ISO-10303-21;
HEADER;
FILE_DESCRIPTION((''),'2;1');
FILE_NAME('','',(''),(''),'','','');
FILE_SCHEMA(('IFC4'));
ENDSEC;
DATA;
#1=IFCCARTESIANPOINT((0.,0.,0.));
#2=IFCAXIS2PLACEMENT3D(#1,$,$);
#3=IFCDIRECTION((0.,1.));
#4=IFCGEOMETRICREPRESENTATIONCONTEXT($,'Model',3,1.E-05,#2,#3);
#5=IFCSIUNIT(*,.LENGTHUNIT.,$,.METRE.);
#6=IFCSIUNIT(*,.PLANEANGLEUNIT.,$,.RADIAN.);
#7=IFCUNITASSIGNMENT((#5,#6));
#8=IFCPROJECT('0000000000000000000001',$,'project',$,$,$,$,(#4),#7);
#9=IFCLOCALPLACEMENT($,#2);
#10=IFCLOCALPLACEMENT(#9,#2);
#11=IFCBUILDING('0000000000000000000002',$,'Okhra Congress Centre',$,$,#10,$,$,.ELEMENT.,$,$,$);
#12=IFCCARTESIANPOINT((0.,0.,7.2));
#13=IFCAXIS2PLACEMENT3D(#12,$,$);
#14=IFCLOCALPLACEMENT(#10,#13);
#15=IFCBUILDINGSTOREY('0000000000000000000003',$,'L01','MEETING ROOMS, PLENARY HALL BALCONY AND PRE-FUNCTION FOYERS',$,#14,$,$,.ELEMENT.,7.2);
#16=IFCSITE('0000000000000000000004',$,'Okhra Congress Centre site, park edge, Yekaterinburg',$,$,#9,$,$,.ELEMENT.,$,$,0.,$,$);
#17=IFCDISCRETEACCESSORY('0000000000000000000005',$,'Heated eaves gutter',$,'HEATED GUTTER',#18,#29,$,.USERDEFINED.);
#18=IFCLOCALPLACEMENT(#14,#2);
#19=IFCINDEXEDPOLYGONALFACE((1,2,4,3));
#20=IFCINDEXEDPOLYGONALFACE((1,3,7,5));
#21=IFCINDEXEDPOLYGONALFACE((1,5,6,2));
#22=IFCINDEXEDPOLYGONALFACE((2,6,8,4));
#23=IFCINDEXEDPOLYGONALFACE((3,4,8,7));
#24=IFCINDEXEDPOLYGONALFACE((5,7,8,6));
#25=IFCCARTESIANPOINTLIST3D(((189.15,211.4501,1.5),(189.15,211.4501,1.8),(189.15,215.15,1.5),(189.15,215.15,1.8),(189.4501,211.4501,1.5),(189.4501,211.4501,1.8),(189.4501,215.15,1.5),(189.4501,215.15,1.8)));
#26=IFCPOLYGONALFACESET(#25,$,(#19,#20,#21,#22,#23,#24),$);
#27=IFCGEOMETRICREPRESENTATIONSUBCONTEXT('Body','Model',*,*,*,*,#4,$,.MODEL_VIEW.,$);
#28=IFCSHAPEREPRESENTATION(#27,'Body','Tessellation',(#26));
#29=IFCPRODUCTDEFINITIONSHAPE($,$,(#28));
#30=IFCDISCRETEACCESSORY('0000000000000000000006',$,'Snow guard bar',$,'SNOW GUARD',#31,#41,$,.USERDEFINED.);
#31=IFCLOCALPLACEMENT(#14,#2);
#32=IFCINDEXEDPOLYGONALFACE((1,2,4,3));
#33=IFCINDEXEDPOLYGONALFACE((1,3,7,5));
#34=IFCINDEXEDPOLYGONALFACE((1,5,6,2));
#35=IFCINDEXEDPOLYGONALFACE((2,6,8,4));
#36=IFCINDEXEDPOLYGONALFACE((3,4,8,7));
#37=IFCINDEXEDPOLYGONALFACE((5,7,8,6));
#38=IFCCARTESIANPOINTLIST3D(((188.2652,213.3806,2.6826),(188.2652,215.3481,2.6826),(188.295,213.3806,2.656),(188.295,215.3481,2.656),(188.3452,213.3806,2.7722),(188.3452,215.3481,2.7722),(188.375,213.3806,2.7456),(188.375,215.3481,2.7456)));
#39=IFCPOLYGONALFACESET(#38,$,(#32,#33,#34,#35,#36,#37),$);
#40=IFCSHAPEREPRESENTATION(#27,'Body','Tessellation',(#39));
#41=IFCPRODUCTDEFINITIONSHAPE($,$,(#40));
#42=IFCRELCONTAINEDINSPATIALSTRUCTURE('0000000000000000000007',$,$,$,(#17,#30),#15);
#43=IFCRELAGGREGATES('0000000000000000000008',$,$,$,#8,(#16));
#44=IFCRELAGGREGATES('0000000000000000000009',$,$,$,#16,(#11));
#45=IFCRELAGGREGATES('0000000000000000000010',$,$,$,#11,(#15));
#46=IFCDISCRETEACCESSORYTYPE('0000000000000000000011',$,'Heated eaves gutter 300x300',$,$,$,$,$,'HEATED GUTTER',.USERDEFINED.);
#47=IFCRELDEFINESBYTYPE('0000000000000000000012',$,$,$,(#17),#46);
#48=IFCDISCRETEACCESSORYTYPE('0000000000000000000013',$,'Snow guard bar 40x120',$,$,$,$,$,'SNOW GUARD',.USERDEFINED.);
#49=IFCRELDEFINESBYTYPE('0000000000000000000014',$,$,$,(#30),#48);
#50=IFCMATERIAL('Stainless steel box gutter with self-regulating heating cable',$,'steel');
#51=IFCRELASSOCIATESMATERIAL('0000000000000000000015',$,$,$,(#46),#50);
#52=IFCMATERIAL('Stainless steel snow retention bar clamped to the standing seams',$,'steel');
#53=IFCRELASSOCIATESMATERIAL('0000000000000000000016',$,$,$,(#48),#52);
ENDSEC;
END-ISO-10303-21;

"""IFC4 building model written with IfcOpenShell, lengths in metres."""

from ifc_helpers import new_model, si_unit, direction, frame, origin, origin_2d, place, context, subcontext, project, spatial, polyline, rectangle, outline, extrude, material, type_object, element, save


model = new_model("IFC4")

# Units and contexts
model_context = context("Model", 3, precision=1e-05, world=origin(), true_north=direction((0.0, 1.0)))
body_context = subcontext(model_context, "Body", "Model", "MODEL_VIEW")
ifc_project = project(units=[si_unit("LENGTHUNIT", "METRE"), si_unit("PLANEANGLEUNIT", "RADIAN")], contexts=[model_context])

# Site, building, storey
site_placement = place(None, origin())
site = spatial("IfcSite", under=ifc_project, at=site_placement, Name="Okhra Congress Centre site, park edge, Yekaterinburg", CompositionType="ELEMENT", RefElevation=0.0)
building_placement = place(site_placement, origin())
building = spatial("IfcBuilding", under=site, at=building_placement, Name="Okhra Congress Centre", CompositionType="ELEMENT")
storey_placement = place(building_placement, frame((0.0, 0.0, 7.2)))
storey = spatial("IfcBuildingStorey", under=building, at=storey_placement, Name="L01", Description="MEETING ROOMS, PLENARY HALL BALCONY AND PRE-FUNCTION FOYERS", CompositionType="ELEMENT", Elevation=7.2)

# Discrete accessories
ifc_material_1 = material(Name="Stainless steel box gutter with self-regulating heating cable", Category="steel")
discrete_accessory_type_1 = type_object("IfcDiscreteAccessoryType", Name="Heated eaves gutter 300x300", ElementType="HEATED GUTTER", PredefinedType="USERDEFINED", material=ifc_material_1)
discrete_accessory_1_placement = place(storey_placement, frame((189.3, 213.3, 1.5), z_axis=(0.0, 0.0, 1.0), x_axis=(1.0, 0.0, 0.0)))
element("IfcDiscreteAccessory", 1, at=discrete_accessory_1_placement, inside=storey, type_object=discrete_accessory_type_1, Name="Heated eaves gutter", ObjectType="HEATED GUTTER", PredefinedType="USERDEFINED", context=body_context, shape_type="SweptSolid", body=[
    extrude(rectangle(XDim=0.3, YDim=3.7, at=origin_2d()), origin(), (0.0, 0.0, 1.0), 0.3),
])
ifc_material_2 = material(Name="Stainless steel snow retention bar clamped to the standing seams", Category="steel")
discrete_accessory_type_2 = type_object("IfcDiscreteAccessoryType", Name="Snow guard bar 40x120", ElementType="SNOW GUARD", PredefinedType="USERDEFINED", material=ifc_material_2)
discrete_accessory_2_placement = place(storey_placement, frame((188.3452, 213.3806, 2.7722), z_axis=(0.666259, 0.0, 0.745721), x_axis=(0.745721, 0.0, -0.666259)))
element("IfcDiscreteAccessory", 2, at=discrete_accessory_2_placement, inside=storey, type_object=discrete_accessory_type_2, Name="Snow guard bar", ObjectType="SNOW GUARD", PredefinedType="USERDEFINED", context=body_context, shape_type="SweptSolid", body=[
    extrude(outline(polyline([(0.0, 0.0), (0.0399, 0.0), (0.0399, 1.9675), (0.0, 1.9675), (0.0, 0.0)])), origin(), (0.0, 0.0, -1.0), 0.1201),
])

save(model, "model.ifc")
